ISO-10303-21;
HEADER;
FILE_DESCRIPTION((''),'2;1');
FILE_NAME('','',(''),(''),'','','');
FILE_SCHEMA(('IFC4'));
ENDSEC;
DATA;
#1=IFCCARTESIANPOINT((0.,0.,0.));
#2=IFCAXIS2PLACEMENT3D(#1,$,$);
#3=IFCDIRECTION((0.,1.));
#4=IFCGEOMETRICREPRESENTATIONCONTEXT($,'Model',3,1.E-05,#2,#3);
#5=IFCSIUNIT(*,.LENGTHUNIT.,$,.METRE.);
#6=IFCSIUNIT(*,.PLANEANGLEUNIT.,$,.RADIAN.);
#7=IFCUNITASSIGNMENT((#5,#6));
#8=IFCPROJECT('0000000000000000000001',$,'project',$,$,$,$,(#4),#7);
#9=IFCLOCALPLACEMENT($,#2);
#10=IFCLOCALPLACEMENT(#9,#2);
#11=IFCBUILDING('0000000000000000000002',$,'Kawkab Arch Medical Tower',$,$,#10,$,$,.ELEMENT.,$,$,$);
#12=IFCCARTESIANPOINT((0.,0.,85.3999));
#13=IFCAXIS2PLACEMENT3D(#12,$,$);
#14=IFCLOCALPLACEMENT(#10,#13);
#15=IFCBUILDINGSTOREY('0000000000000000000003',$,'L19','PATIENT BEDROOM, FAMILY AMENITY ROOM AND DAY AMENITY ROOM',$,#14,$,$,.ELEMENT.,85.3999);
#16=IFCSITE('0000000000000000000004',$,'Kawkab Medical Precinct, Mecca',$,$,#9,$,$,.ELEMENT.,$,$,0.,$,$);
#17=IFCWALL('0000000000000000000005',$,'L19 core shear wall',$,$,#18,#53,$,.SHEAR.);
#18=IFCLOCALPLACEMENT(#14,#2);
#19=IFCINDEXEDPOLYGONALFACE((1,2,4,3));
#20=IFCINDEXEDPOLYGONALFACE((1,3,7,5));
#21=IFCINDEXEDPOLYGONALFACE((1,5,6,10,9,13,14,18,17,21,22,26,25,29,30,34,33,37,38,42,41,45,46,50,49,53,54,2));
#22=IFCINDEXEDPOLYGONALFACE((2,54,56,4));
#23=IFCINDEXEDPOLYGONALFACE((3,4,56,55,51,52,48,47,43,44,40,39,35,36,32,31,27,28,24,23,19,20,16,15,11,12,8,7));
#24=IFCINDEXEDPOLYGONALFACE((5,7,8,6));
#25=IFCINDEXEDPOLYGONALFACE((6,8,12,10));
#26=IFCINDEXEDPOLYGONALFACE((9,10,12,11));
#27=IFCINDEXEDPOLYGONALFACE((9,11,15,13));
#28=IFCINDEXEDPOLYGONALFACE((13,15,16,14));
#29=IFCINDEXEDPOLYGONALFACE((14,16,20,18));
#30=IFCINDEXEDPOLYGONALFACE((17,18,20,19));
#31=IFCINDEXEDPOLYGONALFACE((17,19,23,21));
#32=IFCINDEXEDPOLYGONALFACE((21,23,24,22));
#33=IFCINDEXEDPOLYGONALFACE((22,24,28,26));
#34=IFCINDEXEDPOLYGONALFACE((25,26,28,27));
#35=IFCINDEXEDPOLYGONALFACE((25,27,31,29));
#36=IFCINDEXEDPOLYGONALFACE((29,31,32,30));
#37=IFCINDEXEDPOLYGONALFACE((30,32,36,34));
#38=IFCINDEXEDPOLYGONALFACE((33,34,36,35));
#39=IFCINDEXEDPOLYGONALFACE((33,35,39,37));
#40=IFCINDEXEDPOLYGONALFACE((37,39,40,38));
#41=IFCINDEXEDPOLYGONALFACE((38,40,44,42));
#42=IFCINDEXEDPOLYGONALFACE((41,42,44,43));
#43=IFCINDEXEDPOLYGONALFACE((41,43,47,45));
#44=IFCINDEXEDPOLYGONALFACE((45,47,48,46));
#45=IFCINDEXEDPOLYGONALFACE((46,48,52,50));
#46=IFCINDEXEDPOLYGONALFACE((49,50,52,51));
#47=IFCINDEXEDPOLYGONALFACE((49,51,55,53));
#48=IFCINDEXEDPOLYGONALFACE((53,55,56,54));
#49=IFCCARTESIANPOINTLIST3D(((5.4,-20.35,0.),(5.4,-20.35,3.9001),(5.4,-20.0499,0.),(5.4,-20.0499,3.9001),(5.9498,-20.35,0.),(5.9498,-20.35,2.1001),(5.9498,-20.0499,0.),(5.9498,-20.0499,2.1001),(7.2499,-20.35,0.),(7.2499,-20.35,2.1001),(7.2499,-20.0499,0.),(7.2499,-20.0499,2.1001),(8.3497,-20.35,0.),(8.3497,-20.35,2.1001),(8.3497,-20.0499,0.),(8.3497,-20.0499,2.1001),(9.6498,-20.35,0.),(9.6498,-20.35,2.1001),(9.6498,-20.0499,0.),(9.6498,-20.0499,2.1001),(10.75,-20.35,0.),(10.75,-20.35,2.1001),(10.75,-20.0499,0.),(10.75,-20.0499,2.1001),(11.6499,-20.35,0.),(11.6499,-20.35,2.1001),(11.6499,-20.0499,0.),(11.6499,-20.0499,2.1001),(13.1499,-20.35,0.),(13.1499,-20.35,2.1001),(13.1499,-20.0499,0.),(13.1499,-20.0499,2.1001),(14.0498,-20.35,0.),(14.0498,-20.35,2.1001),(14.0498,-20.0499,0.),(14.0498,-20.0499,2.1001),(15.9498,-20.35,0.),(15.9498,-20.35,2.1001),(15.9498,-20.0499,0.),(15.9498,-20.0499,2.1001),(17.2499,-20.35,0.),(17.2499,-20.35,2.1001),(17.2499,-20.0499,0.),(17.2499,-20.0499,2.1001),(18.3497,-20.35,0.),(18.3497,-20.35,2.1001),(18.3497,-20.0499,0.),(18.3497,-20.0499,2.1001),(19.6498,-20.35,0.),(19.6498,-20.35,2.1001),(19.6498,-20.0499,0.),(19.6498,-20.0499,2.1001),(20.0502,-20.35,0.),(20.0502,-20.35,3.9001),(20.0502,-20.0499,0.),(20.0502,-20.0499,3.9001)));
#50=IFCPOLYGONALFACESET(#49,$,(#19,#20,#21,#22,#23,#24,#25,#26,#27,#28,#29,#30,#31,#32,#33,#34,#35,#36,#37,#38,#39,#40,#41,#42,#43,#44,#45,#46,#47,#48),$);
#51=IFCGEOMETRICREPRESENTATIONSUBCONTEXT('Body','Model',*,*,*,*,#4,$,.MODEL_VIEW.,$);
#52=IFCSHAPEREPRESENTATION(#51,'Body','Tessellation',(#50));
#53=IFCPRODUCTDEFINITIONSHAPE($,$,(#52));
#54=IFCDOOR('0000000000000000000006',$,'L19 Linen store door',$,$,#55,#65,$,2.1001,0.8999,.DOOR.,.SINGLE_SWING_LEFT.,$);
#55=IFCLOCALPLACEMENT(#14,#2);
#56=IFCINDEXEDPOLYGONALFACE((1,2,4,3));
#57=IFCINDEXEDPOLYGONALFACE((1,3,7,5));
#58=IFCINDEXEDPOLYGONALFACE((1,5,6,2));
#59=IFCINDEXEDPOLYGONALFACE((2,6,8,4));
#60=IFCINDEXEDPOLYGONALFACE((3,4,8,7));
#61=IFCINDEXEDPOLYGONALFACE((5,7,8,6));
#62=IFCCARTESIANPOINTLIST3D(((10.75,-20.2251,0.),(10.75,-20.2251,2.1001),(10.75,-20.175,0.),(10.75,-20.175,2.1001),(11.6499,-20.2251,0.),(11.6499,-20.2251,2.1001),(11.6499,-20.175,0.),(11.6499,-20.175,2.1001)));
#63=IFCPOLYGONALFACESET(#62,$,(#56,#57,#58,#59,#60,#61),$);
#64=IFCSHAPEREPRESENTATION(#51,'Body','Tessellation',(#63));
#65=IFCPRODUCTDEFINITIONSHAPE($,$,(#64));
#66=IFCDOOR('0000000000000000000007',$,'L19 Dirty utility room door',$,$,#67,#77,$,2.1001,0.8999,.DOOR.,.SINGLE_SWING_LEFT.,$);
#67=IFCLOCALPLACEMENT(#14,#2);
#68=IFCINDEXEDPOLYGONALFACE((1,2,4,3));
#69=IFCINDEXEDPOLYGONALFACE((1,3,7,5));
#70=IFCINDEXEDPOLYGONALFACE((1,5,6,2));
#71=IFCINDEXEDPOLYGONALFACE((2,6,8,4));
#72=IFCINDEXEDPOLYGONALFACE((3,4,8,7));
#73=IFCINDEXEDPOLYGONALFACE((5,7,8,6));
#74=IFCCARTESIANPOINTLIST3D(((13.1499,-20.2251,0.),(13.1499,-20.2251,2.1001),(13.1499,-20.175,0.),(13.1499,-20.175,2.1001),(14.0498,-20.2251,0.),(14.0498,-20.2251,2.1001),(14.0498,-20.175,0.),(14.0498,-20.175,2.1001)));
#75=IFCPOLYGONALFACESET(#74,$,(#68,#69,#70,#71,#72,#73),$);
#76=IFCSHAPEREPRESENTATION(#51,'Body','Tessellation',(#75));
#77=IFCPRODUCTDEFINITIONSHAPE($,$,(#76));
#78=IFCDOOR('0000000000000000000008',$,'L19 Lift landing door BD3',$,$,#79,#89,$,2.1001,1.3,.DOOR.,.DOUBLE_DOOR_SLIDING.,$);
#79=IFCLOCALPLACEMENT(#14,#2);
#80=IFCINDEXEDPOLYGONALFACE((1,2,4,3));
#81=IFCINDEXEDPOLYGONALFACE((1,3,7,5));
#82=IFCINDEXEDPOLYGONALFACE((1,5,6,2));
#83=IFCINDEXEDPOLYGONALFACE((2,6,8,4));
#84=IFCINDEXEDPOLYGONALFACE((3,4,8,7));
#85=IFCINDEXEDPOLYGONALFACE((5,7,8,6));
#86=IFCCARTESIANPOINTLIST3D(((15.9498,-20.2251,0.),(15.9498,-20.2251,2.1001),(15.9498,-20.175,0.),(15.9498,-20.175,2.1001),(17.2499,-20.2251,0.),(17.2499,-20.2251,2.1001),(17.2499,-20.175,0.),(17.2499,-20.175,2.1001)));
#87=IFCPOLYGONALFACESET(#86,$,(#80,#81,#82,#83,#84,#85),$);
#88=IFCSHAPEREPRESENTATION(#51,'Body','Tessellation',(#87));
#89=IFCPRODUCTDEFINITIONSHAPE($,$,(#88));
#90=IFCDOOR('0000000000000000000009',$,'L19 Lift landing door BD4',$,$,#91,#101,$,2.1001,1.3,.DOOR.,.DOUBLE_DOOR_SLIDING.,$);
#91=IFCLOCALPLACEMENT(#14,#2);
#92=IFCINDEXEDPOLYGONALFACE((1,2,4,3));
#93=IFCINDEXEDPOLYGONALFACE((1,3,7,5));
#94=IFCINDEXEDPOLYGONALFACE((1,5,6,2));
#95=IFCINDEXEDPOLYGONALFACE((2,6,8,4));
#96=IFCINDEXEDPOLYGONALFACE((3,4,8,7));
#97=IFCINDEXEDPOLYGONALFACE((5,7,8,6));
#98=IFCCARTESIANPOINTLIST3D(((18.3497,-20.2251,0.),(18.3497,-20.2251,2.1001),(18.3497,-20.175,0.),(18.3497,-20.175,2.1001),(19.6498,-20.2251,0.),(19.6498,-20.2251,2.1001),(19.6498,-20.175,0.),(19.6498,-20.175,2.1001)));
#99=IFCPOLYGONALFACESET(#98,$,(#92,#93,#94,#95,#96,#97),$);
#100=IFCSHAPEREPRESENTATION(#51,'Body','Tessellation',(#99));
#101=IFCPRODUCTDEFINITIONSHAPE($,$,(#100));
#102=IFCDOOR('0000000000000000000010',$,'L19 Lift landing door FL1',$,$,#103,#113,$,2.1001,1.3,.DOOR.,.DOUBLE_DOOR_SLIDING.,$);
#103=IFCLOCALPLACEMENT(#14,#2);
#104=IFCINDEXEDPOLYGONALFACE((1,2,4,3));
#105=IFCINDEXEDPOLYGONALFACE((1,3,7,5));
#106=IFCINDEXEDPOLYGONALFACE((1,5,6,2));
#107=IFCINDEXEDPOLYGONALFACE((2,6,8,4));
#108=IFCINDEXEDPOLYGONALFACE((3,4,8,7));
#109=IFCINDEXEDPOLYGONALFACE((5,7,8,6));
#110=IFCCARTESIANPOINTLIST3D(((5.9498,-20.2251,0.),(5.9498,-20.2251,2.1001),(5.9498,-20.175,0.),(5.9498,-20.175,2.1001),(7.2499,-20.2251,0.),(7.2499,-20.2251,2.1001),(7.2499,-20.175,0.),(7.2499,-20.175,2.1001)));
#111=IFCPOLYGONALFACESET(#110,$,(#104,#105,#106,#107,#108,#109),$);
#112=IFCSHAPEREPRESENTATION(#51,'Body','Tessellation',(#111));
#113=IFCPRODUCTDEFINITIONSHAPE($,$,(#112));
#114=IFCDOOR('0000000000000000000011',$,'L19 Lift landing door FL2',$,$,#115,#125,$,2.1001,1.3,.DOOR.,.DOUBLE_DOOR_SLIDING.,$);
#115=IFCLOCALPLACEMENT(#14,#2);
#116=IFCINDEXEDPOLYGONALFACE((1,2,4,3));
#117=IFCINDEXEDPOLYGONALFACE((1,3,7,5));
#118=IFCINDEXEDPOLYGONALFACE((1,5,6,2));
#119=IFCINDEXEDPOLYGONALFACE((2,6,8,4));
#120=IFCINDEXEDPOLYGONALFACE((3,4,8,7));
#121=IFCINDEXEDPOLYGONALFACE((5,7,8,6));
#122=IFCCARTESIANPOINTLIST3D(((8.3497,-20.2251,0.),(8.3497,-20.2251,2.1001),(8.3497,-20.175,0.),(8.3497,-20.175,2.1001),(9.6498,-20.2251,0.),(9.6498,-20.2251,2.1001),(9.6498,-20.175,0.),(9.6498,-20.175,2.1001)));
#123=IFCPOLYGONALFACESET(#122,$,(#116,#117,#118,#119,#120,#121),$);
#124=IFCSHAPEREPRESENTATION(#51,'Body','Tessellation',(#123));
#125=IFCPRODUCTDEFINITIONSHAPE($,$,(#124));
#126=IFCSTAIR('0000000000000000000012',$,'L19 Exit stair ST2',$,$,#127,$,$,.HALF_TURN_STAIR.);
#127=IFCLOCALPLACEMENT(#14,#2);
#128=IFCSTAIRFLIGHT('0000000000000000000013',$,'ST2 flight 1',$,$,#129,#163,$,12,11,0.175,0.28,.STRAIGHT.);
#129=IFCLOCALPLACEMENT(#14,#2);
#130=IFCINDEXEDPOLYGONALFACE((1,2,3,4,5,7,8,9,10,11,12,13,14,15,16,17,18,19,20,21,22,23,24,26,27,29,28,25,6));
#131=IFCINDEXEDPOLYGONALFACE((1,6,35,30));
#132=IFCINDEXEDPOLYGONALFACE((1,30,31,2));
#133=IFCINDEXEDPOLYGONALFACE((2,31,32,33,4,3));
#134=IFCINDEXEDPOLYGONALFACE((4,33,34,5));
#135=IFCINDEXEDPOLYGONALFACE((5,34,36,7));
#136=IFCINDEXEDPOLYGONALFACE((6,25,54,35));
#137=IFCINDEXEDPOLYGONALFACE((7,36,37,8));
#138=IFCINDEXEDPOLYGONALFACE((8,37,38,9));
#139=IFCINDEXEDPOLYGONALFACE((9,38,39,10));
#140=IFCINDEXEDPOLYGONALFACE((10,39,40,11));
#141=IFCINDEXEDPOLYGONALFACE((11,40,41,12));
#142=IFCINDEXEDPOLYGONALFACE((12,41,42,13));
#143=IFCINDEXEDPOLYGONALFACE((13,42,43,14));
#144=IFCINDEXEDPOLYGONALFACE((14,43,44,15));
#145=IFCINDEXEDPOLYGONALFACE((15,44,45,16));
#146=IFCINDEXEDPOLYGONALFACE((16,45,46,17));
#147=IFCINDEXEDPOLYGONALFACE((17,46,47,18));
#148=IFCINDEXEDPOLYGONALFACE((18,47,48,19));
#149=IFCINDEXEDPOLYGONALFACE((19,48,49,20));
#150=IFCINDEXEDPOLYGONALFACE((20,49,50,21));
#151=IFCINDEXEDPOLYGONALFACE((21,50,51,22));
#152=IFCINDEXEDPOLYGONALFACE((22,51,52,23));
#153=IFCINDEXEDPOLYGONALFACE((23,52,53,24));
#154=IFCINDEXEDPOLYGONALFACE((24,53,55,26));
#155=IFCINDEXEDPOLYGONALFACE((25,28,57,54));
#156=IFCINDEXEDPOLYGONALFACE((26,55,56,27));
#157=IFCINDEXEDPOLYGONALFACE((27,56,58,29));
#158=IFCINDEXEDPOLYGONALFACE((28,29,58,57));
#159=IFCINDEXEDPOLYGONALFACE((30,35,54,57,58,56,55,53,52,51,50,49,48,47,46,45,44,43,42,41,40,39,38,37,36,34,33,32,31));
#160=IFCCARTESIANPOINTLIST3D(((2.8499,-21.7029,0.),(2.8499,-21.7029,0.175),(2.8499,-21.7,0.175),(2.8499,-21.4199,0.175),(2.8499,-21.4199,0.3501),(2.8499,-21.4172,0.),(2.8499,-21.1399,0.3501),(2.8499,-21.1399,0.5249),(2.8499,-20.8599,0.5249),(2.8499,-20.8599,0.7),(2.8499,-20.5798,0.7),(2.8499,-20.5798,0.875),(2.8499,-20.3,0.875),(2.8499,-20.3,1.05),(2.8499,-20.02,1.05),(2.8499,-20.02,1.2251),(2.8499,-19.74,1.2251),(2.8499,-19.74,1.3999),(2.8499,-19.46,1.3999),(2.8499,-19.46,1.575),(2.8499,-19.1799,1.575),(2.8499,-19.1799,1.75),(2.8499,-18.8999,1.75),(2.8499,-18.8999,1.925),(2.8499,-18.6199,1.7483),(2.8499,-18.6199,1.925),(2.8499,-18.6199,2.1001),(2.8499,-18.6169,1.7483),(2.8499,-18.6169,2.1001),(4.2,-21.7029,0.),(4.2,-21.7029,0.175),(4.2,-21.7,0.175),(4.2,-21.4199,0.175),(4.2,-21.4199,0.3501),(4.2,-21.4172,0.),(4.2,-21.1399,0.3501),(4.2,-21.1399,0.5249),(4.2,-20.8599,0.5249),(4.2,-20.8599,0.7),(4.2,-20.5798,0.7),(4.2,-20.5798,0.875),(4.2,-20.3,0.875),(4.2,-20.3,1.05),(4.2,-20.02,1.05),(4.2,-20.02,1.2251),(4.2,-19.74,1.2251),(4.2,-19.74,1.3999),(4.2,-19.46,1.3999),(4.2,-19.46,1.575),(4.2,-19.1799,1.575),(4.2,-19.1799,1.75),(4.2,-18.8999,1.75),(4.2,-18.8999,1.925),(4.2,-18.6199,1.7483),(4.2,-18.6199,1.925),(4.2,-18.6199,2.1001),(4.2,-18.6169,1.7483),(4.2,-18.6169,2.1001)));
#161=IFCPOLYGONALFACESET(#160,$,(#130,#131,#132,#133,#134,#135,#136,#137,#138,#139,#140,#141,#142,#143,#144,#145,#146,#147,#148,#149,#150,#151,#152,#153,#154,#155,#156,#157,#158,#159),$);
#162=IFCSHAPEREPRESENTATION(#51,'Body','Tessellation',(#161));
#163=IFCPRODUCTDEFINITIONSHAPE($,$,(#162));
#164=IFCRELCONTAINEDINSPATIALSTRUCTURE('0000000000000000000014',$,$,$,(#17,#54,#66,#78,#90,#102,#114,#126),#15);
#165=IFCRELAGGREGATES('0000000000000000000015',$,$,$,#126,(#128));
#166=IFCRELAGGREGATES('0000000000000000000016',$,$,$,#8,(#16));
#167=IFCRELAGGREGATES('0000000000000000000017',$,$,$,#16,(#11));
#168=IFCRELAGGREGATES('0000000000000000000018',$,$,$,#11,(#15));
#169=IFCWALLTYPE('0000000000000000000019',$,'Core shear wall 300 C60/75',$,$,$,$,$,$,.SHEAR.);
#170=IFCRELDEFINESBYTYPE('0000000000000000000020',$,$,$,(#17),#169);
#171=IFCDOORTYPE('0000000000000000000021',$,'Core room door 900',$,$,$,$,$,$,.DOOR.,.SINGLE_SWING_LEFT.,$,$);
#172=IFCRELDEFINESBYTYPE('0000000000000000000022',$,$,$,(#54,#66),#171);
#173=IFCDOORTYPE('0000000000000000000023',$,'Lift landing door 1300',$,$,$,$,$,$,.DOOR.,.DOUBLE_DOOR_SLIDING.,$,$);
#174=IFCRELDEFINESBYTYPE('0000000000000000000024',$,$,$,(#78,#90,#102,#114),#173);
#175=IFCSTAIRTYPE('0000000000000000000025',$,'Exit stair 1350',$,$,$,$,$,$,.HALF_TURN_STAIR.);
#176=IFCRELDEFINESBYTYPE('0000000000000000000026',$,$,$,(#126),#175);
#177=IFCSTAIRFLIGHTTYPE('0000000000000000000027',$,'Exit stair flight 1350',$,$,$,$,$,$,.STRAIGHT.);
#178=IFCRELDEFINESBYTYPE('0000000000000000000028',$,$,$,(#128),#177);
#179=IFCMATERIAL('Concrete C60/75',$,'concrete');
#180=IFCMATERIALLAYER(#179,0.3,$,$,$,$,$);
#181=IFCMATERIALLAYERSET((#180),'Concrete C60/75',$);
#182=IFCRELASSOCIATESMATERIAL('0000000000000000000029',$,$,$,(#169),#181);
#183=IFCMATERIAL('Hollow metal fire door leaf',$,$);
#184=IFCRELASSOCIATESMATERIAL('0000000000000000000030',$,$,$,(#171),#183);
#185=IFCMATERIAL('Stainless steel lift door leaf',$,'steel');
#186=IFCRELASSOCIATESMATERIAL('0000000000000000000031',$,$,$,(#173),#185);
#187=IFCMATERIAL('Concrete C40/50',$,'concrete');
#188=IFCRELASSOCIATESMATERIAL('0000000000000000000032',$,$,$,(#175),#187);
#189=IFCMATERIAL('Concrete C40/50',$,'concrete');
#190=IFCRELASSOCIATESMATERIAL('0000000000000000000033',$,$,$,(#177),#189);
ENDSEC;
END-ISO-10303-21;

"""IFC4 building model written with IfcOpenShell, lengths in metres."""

from ifc_helpers import new_model, si_unit, direction, frame, frame_2d, origin, place, context, subcontext, project, spatial, polyline, rectangle, outline, extrude, material, layer, layer_set, type_object, element, fill, aggregate, save


model = new_model("IFC4")

# Units and contexts
model_context = context("Model", 3, precision=1e-05, world=origin(), true_north=direction((0.0, 1.0)))
body_context = subcontext(model_context, "Body", "Model", "MODEL_VIEW")
ifc_project = project(units=[si_unit("LENGTHUNIT", "METRE"), si_unit("PLANEANGLEUNIT", "RADIAN")], contexts=[model_context])

# Site, building, storey
site_placement = place(None, origin())
site = spatial("IfcSite", under=ifc_project, at=site_placement, Name="Kawkab Medical Precinct, Mecca", CompositionType="ELEMENT", RefElevation=0.0)
building_placement = place(site_placement, origin())
building = spatial("IfcBuilding", under=site, at=building_placement, Name="Kawkab Arch Medical Tower", CompositionType="ELEMENT")
storey_placement = place(building_placement, frame((0.0, 0.0, 85.3999)))
storey = spatial("IfcBuildingStorey", under=building, at=storey_placement, Name="L19", Description="PATIENT BEDROOM, FAMILY AMENITY ROOM AND DAY AMENITY ROOM", CompositionType="ELEMENT", Elevation=85.3999)

# Shared definitions
ifc_material_1 = material(Name="Concrete C60/75", Category="concrete")
ifc_layer_1 = layer(ifc_material_1, 0.3)
ifc_layer_set_1 = layer_set([ifc_layer_1], Name="Concrete C60/75")
wall_type_1 = type_object("IfcWallType", Name="Core shear wall 300 C60/75", PredefinedType="SHEAR", material=ifc_layer_set_1)

# Wall, openings, doors
wall_1_placement = place(storey_placement, frame((5.3999, -20.2, 0.0), z_axis=(0.0, 0.0, 1.0), x_axis=(1.0, 0.0, 0.0)))
wall_1 = element("IfcWall", 1, at=wall_1_placement, inside=storey, type_object=wall_type_1, Name="L19 core shear wall", PredefinedType="SHEAR", context=body_context, shape_type="SweptSolid", body=[
    extrude(rectangle(XDim=14.6501, YDim=0.3, at=frame_2d((7.3252, 0.0))), origin(), (0.0, 0.0, 1.0), 3.9001),
])
opening_1_placement = place(wall_1_placement, frame((10.55, 0.0, 0.0)))
opening_1 = element("IfcOpeningElement", 2, at=opening_1_placement, cuts=wall_1, PredefinedType="OPENING", context=body_context, shape_type="SweptSolid", body=[
    extrude(rectangle(XDim=1.3, YDim=2.1001, at=frame_2d((0.6499, 1.05))), frame((0.0, 0.1599, 0.0), z_axis=(0.0, -1.0, 0.0), x_axis=(1.0, 0.0, 0.0)), (0.0, 0.0, 1.0), 0.3201),
])
opening_2_placement = place(wall_1_placement, frame((12.95, 0.0, 0.0)))
opening_2 = element("IfcOpeningElement", 3, at=opening_2_placement, cuts=wall_1, PredefinedType="OPENING", context=body_context, shape_type="SweptSolid", body=[
    extrude(rectangle(XDim=1.3, YDim=2.1001, at=frame_2d((0.6499, 1.05))), frame((0.0, 0.1599, 0.0), z_axis=(0.0, -1.0, 0.0), x_axis=(1.0, 0.0, 0.0)), (0.0, 0.0, 1.0), 0.3201),
])
opening_3_placement = place(wall_1_placement, frame((0.55, 0.0, 0.0)))
opening_3 = element("IfcOpeningElement", 4, at=opening_3_placement, cuts=wall_1, PredefinedType="OPENING", context=body_context, shape_type="SweptSolid", body=[
    extrude(rectangle(XDim=1.3, YDim=2.1001, at=frame_2d((0.6499, 1.05))), frame((0.0, 0.1599, 0.0), z_axis=(0.0, -1.0, 0.0), x_axis=(1.0, 0.0, 0.0)), (0.0, 0.0, 1.0), 0.3201),
])
opening_4_placement = place(wall_1_placement, frame((2.95, 0.0, 0.0)))
opening_4 = element("IfcOpeningElement", 5, at=opening_4_placement, cuts=wall_1, PredefinedType="OPENING", context=body_context, shape_type="SweptSolid", body=[
    extrude(rectangle(XDim=1.3, YDim=2.1001, at=frame_2d((0.6499, 1.05))), frame((0.0, 0.1599, 0.0), z_axis=(0.0, -1.0, 0.0), x_axis=(1.0, 0.0, 0.0)), (0.0, 0.0, 1.0), 0.3201),
])
opening_5_placement = place(wall_1_placement, frame((5.3501, 0.0, 0.0)))
opening_5 = element("IfcOpeningElement", 6, at=opening_5_placement, cuts=wall_1, PredefinedType="OPENING", context=body_context, shape_type="SweptSolid", body=[
    extrude(rectangle(XDim=0.8999, YDim=2.1001, at=frame_2d((0.45, 1.05))), frame((0.0, 0.1599, 0.0), z_axis=(0.0, -1.0, 0.0), x_axis=(1.0, 0.0, 0.0)), (0.0, 0.0, 1.0), 0.3201),
])
opening_6_placement = place(wall_1_placement, frame((7.75, 0.0, 0.0)))
opening_6 = element("IfcOpeningElement", 7, at=opening_6_placement, cuts=wall_1, PredefinedType="OPENING", context=body_context, shape_type="SweptSolid", body=[
    extrude(rectangle(XDim=0.8999, YDim=2.1001, at=frame_2d((0.45, 1.05))), frame((0.0, 0.1599, 0.0), z_axis=(0.0, -1.0, 0.0), x_axis=(1.0, 0.0, 0.0)), (0.0, 0.0, 1.0), 0.3201),
])
ifc_material_2 = material(Name="Hollow metal fire door leaf")
door_type_1 = type_object("IfcDoorType", Name="Core room door 900", OperationType="SINGLE_SWING_LEFT", PredefinedType="DOOR", material=ifc_material_2)
door_1_placement = place(opening_5_placement, origin())
door_1 = element("IfcDoor", 8, at=door_1_placement, inside=storey, type_object=door_type_1, Name="L19 Linen store door", OperationType="SINGLE_SWING_LEFT", OverallHeight=2.1001, OverallWidth=0.8999, PredefinedType="DOOR", context=body_context, shape_type="SweptSolid", body=[
    extrude(rectangle(XDim=0.8999, YDim=2.1001, at=frame_2d((0.45, 1.05))), frame((0.0, 0.0249, 0.0), z_axis=(0.0, -1.0, 0.0), x_axis=(1.0, 0.0, 0.0)), (0.0, 0.0, 1.0), 0.05),
])
fill(opening_5, door_1)
door_2_placement = place(opening_6_placement, origin())
door_2 = element("IfcDoor", 9, at=door_2_placement, inside=storey, type_object=door_type_1, Name="L19 Dirty utility room door", OperationType="SINGLE_SWING_LEFT", OverallHeight=2.1001, OverallWidth=0.8999, PredefinedType="DOOR", context=body_context, shape_type="SweptSolid", body=[
    extrude(rectangle(XDim=0.8999, YDim=2.1001, at=frame_2d((0.45, 1.05))), frame((0.0, 0.0249, 0.0), z_axis=(0.0, -1.0, 0.0), x_axis=(1.0, 0.0, 0.0)), (0.0, 0.0, 1.0), 0.05),
])
fill(opening_6, door_2)
ifc_material_3 = material(Name="Stainless steel lift door leaf", Category="steel")
door_type_2 = type_object("IfcDoorType", Name="Lift landing door 1300", OperationType="DOUBLE_DOOR_SLIDING", PredefinedType="DOOR", material=ifc_material_3)
door_3_placement = place(opening_1_placement, origin())
door_3 = element("IfcDoor", 10, at=door_3_placement, inside=storey, type_object=door_type_2, Name="L19 Lift landing door BD3", OperationType="DOUBLE_DOOR_SLIDING", OverallHeight=2.1001, OverallWidth=1.3, PredefinedType="DOOR", context=body_context, shape_type="SweptSolid", body=[
    extrude(rectangle(XDim=1.3, YDim=2.1001, at=frame_2d((0.6499, 1.05))), frame((0.0, 0.0249, 0.0), z_axis=(0.0, -1.0, 0.0), x_axis=(1.0, 0.0, 0.0)), (0.0, 0.0, 1.0), 0.05),
])
fill(opening_1, door_3)
door_4_placement = place(opening_2_placement, origin())
door_4 = element("IfcDoor", 11, at=door_4_placement, inside=storey, type_object=door_type_2, Name="L19 Lift landing door BD4", OperationType="DOUBLE_DOOR_SLIDING", OverallHeight=2.1001, OverallWidth=1.3, PredefinedType="DOOR", context=body_context, shape_type="SweptSolid", body=[
    extrude(rectangle(XDim=1.3, YDim=2.1001, at=frame_2d((0.6499, 1.05))), frame((0.0, 0.0249, 0.0), z_axis=(0.0, -1.0, 0.0), x_axis=(1.0, 0.0, 0.0)), (0.0, 0.0, 1.0), 0.05),
])
fill(opening_2, door_4)
door_5_placement = place(opening_3_placement, origin())
door_5 = element("IfcDoor", 12, at=door_5_placement, inside=storey, type_object=door_type_2, Name="L19 Lift landing door FL1", OperationType="DOUBLE_DOOR_SLIDING", OverallHeight=2.1001, OverallWidth=1.3, PredefinedType="DOOR", context=body_context, shape_type="SweptSolid", body=[
    extrude(rectangle(XDim=1.3, YDim=2.1001, at=frame_2d((0.6499, 1.05))), frame((0.0, 0.0249, 0.0), z_axis=(0.0, -1.0, 0.0), x_axis=(1.0, 0.0, 0.0)), (0.0, 0.0, 1.0), 0.05),
])
fill(opening_3, door_5)
door_6_placement = place(opening_4_placement, origin())
door_6 = element("IfcDoor", 13, at=door_6_placement, inside=storey, type_object=door_type_2, Name="L19 Lift landing door FL2", OperationType="DOUBLE_DOOR_SLIDING", OverallHeight=2.1001, OverallWidth=1.3, PredefinedType="DOOR", context=body_context, shape_type="SweptSolid", body=[
    extrude(rectangle(XDim=1.3, YDim=2.1001, at=frame_2d((0.6499, 1.05))), frame((0.0, 0.0249, 0.0), z_axis=(0.0, -1.0, 0.0), x_axis=(1.0, 0.0, 0.0)), (0.0, 0.0, 1.0), 0.05),
])
fill(opening_4, door_6)

# Stair, stair flight
ifc_material_4 = material(Name="Concrete C40/50", Category="concrete")
stair_type = type_object("IfcStairType", Name="Exit stair 1350", PredefinedType="HALF_TURN_STAIR", material=ifc_material_4)
stair_placement = place(storey_placement, origin())
stair = element("IfcStair", 14, at=stair_placement, inside=storey, type_object=stair_type, Name="L19 Exit stair ST2", PredefinedType="HALF_TURN_STAIR")
ifc_material_5 = material(Name="Concrete C40/50", Category="concrete")
stair_flight_type = type_object("IfcStairFlightType", Name="Exit stair flight 1350", PredefinedType="STRAIGHT", material=ifc_material_5)
stair_flight_placement = place(storey_placement, frame((3.5249, -21.7, 0.0), z_axis=(0.0, 0.0, 1.0), x_axis=(0.0, 1.0, 0.0)))
stair_flight = element("IfcStairFlight", 15, at=stair_flight_placement, type_object=stair_flight_type, Name="ST2 flight 1", NumberOfRisers=12, NumberOfTreads=11, PredefinedType="STRAIGHT", RiserHeight=0.175, TreadLength=0.28, context=body_context, shape_type="SweptSolid", body=[
    extrude(outline(polyline([(-0.0029, 0.0), (-0.0029, 0.175), (0.0, 0.175), (0.28, 0.175), (0.28, 0.3501), (0.5601, 0.3501), (0.5601, 0.5249), (0.8401, 0.5249), (0.8401, 0.7), (1.1201, 0.7), (1.1201, 0.875), (1.3999, 0.875), (1.3999, 1.05), (1.6799, 1.05), (1.6799, 1.2251), (1.96, 1.2251), (1.96, 1.3999), (2.24, 1.3999), (2.24, 1.575), (2.52, 1.575), (2.52, 1.75), (2.8, 1.75), (2.8, 1.925), (3.0801, 1.925), (3.0801, 2.1001), (3.083, 2.1001), (3.083, 1.7483), (3.0801, 1.7483), (0.2827, 0.0), (-0.0029, 0.0)])), frame((0.0, 0.675, 0.0), z_axis=(0.0, -1.0, 0.0), x_axis=(1.0, 0.0, 0.0)), (0.0, 0.0, 1.0), 1.3501),
])
aggregate(stair, [stair_flight])

save(model, "model.ifc")
